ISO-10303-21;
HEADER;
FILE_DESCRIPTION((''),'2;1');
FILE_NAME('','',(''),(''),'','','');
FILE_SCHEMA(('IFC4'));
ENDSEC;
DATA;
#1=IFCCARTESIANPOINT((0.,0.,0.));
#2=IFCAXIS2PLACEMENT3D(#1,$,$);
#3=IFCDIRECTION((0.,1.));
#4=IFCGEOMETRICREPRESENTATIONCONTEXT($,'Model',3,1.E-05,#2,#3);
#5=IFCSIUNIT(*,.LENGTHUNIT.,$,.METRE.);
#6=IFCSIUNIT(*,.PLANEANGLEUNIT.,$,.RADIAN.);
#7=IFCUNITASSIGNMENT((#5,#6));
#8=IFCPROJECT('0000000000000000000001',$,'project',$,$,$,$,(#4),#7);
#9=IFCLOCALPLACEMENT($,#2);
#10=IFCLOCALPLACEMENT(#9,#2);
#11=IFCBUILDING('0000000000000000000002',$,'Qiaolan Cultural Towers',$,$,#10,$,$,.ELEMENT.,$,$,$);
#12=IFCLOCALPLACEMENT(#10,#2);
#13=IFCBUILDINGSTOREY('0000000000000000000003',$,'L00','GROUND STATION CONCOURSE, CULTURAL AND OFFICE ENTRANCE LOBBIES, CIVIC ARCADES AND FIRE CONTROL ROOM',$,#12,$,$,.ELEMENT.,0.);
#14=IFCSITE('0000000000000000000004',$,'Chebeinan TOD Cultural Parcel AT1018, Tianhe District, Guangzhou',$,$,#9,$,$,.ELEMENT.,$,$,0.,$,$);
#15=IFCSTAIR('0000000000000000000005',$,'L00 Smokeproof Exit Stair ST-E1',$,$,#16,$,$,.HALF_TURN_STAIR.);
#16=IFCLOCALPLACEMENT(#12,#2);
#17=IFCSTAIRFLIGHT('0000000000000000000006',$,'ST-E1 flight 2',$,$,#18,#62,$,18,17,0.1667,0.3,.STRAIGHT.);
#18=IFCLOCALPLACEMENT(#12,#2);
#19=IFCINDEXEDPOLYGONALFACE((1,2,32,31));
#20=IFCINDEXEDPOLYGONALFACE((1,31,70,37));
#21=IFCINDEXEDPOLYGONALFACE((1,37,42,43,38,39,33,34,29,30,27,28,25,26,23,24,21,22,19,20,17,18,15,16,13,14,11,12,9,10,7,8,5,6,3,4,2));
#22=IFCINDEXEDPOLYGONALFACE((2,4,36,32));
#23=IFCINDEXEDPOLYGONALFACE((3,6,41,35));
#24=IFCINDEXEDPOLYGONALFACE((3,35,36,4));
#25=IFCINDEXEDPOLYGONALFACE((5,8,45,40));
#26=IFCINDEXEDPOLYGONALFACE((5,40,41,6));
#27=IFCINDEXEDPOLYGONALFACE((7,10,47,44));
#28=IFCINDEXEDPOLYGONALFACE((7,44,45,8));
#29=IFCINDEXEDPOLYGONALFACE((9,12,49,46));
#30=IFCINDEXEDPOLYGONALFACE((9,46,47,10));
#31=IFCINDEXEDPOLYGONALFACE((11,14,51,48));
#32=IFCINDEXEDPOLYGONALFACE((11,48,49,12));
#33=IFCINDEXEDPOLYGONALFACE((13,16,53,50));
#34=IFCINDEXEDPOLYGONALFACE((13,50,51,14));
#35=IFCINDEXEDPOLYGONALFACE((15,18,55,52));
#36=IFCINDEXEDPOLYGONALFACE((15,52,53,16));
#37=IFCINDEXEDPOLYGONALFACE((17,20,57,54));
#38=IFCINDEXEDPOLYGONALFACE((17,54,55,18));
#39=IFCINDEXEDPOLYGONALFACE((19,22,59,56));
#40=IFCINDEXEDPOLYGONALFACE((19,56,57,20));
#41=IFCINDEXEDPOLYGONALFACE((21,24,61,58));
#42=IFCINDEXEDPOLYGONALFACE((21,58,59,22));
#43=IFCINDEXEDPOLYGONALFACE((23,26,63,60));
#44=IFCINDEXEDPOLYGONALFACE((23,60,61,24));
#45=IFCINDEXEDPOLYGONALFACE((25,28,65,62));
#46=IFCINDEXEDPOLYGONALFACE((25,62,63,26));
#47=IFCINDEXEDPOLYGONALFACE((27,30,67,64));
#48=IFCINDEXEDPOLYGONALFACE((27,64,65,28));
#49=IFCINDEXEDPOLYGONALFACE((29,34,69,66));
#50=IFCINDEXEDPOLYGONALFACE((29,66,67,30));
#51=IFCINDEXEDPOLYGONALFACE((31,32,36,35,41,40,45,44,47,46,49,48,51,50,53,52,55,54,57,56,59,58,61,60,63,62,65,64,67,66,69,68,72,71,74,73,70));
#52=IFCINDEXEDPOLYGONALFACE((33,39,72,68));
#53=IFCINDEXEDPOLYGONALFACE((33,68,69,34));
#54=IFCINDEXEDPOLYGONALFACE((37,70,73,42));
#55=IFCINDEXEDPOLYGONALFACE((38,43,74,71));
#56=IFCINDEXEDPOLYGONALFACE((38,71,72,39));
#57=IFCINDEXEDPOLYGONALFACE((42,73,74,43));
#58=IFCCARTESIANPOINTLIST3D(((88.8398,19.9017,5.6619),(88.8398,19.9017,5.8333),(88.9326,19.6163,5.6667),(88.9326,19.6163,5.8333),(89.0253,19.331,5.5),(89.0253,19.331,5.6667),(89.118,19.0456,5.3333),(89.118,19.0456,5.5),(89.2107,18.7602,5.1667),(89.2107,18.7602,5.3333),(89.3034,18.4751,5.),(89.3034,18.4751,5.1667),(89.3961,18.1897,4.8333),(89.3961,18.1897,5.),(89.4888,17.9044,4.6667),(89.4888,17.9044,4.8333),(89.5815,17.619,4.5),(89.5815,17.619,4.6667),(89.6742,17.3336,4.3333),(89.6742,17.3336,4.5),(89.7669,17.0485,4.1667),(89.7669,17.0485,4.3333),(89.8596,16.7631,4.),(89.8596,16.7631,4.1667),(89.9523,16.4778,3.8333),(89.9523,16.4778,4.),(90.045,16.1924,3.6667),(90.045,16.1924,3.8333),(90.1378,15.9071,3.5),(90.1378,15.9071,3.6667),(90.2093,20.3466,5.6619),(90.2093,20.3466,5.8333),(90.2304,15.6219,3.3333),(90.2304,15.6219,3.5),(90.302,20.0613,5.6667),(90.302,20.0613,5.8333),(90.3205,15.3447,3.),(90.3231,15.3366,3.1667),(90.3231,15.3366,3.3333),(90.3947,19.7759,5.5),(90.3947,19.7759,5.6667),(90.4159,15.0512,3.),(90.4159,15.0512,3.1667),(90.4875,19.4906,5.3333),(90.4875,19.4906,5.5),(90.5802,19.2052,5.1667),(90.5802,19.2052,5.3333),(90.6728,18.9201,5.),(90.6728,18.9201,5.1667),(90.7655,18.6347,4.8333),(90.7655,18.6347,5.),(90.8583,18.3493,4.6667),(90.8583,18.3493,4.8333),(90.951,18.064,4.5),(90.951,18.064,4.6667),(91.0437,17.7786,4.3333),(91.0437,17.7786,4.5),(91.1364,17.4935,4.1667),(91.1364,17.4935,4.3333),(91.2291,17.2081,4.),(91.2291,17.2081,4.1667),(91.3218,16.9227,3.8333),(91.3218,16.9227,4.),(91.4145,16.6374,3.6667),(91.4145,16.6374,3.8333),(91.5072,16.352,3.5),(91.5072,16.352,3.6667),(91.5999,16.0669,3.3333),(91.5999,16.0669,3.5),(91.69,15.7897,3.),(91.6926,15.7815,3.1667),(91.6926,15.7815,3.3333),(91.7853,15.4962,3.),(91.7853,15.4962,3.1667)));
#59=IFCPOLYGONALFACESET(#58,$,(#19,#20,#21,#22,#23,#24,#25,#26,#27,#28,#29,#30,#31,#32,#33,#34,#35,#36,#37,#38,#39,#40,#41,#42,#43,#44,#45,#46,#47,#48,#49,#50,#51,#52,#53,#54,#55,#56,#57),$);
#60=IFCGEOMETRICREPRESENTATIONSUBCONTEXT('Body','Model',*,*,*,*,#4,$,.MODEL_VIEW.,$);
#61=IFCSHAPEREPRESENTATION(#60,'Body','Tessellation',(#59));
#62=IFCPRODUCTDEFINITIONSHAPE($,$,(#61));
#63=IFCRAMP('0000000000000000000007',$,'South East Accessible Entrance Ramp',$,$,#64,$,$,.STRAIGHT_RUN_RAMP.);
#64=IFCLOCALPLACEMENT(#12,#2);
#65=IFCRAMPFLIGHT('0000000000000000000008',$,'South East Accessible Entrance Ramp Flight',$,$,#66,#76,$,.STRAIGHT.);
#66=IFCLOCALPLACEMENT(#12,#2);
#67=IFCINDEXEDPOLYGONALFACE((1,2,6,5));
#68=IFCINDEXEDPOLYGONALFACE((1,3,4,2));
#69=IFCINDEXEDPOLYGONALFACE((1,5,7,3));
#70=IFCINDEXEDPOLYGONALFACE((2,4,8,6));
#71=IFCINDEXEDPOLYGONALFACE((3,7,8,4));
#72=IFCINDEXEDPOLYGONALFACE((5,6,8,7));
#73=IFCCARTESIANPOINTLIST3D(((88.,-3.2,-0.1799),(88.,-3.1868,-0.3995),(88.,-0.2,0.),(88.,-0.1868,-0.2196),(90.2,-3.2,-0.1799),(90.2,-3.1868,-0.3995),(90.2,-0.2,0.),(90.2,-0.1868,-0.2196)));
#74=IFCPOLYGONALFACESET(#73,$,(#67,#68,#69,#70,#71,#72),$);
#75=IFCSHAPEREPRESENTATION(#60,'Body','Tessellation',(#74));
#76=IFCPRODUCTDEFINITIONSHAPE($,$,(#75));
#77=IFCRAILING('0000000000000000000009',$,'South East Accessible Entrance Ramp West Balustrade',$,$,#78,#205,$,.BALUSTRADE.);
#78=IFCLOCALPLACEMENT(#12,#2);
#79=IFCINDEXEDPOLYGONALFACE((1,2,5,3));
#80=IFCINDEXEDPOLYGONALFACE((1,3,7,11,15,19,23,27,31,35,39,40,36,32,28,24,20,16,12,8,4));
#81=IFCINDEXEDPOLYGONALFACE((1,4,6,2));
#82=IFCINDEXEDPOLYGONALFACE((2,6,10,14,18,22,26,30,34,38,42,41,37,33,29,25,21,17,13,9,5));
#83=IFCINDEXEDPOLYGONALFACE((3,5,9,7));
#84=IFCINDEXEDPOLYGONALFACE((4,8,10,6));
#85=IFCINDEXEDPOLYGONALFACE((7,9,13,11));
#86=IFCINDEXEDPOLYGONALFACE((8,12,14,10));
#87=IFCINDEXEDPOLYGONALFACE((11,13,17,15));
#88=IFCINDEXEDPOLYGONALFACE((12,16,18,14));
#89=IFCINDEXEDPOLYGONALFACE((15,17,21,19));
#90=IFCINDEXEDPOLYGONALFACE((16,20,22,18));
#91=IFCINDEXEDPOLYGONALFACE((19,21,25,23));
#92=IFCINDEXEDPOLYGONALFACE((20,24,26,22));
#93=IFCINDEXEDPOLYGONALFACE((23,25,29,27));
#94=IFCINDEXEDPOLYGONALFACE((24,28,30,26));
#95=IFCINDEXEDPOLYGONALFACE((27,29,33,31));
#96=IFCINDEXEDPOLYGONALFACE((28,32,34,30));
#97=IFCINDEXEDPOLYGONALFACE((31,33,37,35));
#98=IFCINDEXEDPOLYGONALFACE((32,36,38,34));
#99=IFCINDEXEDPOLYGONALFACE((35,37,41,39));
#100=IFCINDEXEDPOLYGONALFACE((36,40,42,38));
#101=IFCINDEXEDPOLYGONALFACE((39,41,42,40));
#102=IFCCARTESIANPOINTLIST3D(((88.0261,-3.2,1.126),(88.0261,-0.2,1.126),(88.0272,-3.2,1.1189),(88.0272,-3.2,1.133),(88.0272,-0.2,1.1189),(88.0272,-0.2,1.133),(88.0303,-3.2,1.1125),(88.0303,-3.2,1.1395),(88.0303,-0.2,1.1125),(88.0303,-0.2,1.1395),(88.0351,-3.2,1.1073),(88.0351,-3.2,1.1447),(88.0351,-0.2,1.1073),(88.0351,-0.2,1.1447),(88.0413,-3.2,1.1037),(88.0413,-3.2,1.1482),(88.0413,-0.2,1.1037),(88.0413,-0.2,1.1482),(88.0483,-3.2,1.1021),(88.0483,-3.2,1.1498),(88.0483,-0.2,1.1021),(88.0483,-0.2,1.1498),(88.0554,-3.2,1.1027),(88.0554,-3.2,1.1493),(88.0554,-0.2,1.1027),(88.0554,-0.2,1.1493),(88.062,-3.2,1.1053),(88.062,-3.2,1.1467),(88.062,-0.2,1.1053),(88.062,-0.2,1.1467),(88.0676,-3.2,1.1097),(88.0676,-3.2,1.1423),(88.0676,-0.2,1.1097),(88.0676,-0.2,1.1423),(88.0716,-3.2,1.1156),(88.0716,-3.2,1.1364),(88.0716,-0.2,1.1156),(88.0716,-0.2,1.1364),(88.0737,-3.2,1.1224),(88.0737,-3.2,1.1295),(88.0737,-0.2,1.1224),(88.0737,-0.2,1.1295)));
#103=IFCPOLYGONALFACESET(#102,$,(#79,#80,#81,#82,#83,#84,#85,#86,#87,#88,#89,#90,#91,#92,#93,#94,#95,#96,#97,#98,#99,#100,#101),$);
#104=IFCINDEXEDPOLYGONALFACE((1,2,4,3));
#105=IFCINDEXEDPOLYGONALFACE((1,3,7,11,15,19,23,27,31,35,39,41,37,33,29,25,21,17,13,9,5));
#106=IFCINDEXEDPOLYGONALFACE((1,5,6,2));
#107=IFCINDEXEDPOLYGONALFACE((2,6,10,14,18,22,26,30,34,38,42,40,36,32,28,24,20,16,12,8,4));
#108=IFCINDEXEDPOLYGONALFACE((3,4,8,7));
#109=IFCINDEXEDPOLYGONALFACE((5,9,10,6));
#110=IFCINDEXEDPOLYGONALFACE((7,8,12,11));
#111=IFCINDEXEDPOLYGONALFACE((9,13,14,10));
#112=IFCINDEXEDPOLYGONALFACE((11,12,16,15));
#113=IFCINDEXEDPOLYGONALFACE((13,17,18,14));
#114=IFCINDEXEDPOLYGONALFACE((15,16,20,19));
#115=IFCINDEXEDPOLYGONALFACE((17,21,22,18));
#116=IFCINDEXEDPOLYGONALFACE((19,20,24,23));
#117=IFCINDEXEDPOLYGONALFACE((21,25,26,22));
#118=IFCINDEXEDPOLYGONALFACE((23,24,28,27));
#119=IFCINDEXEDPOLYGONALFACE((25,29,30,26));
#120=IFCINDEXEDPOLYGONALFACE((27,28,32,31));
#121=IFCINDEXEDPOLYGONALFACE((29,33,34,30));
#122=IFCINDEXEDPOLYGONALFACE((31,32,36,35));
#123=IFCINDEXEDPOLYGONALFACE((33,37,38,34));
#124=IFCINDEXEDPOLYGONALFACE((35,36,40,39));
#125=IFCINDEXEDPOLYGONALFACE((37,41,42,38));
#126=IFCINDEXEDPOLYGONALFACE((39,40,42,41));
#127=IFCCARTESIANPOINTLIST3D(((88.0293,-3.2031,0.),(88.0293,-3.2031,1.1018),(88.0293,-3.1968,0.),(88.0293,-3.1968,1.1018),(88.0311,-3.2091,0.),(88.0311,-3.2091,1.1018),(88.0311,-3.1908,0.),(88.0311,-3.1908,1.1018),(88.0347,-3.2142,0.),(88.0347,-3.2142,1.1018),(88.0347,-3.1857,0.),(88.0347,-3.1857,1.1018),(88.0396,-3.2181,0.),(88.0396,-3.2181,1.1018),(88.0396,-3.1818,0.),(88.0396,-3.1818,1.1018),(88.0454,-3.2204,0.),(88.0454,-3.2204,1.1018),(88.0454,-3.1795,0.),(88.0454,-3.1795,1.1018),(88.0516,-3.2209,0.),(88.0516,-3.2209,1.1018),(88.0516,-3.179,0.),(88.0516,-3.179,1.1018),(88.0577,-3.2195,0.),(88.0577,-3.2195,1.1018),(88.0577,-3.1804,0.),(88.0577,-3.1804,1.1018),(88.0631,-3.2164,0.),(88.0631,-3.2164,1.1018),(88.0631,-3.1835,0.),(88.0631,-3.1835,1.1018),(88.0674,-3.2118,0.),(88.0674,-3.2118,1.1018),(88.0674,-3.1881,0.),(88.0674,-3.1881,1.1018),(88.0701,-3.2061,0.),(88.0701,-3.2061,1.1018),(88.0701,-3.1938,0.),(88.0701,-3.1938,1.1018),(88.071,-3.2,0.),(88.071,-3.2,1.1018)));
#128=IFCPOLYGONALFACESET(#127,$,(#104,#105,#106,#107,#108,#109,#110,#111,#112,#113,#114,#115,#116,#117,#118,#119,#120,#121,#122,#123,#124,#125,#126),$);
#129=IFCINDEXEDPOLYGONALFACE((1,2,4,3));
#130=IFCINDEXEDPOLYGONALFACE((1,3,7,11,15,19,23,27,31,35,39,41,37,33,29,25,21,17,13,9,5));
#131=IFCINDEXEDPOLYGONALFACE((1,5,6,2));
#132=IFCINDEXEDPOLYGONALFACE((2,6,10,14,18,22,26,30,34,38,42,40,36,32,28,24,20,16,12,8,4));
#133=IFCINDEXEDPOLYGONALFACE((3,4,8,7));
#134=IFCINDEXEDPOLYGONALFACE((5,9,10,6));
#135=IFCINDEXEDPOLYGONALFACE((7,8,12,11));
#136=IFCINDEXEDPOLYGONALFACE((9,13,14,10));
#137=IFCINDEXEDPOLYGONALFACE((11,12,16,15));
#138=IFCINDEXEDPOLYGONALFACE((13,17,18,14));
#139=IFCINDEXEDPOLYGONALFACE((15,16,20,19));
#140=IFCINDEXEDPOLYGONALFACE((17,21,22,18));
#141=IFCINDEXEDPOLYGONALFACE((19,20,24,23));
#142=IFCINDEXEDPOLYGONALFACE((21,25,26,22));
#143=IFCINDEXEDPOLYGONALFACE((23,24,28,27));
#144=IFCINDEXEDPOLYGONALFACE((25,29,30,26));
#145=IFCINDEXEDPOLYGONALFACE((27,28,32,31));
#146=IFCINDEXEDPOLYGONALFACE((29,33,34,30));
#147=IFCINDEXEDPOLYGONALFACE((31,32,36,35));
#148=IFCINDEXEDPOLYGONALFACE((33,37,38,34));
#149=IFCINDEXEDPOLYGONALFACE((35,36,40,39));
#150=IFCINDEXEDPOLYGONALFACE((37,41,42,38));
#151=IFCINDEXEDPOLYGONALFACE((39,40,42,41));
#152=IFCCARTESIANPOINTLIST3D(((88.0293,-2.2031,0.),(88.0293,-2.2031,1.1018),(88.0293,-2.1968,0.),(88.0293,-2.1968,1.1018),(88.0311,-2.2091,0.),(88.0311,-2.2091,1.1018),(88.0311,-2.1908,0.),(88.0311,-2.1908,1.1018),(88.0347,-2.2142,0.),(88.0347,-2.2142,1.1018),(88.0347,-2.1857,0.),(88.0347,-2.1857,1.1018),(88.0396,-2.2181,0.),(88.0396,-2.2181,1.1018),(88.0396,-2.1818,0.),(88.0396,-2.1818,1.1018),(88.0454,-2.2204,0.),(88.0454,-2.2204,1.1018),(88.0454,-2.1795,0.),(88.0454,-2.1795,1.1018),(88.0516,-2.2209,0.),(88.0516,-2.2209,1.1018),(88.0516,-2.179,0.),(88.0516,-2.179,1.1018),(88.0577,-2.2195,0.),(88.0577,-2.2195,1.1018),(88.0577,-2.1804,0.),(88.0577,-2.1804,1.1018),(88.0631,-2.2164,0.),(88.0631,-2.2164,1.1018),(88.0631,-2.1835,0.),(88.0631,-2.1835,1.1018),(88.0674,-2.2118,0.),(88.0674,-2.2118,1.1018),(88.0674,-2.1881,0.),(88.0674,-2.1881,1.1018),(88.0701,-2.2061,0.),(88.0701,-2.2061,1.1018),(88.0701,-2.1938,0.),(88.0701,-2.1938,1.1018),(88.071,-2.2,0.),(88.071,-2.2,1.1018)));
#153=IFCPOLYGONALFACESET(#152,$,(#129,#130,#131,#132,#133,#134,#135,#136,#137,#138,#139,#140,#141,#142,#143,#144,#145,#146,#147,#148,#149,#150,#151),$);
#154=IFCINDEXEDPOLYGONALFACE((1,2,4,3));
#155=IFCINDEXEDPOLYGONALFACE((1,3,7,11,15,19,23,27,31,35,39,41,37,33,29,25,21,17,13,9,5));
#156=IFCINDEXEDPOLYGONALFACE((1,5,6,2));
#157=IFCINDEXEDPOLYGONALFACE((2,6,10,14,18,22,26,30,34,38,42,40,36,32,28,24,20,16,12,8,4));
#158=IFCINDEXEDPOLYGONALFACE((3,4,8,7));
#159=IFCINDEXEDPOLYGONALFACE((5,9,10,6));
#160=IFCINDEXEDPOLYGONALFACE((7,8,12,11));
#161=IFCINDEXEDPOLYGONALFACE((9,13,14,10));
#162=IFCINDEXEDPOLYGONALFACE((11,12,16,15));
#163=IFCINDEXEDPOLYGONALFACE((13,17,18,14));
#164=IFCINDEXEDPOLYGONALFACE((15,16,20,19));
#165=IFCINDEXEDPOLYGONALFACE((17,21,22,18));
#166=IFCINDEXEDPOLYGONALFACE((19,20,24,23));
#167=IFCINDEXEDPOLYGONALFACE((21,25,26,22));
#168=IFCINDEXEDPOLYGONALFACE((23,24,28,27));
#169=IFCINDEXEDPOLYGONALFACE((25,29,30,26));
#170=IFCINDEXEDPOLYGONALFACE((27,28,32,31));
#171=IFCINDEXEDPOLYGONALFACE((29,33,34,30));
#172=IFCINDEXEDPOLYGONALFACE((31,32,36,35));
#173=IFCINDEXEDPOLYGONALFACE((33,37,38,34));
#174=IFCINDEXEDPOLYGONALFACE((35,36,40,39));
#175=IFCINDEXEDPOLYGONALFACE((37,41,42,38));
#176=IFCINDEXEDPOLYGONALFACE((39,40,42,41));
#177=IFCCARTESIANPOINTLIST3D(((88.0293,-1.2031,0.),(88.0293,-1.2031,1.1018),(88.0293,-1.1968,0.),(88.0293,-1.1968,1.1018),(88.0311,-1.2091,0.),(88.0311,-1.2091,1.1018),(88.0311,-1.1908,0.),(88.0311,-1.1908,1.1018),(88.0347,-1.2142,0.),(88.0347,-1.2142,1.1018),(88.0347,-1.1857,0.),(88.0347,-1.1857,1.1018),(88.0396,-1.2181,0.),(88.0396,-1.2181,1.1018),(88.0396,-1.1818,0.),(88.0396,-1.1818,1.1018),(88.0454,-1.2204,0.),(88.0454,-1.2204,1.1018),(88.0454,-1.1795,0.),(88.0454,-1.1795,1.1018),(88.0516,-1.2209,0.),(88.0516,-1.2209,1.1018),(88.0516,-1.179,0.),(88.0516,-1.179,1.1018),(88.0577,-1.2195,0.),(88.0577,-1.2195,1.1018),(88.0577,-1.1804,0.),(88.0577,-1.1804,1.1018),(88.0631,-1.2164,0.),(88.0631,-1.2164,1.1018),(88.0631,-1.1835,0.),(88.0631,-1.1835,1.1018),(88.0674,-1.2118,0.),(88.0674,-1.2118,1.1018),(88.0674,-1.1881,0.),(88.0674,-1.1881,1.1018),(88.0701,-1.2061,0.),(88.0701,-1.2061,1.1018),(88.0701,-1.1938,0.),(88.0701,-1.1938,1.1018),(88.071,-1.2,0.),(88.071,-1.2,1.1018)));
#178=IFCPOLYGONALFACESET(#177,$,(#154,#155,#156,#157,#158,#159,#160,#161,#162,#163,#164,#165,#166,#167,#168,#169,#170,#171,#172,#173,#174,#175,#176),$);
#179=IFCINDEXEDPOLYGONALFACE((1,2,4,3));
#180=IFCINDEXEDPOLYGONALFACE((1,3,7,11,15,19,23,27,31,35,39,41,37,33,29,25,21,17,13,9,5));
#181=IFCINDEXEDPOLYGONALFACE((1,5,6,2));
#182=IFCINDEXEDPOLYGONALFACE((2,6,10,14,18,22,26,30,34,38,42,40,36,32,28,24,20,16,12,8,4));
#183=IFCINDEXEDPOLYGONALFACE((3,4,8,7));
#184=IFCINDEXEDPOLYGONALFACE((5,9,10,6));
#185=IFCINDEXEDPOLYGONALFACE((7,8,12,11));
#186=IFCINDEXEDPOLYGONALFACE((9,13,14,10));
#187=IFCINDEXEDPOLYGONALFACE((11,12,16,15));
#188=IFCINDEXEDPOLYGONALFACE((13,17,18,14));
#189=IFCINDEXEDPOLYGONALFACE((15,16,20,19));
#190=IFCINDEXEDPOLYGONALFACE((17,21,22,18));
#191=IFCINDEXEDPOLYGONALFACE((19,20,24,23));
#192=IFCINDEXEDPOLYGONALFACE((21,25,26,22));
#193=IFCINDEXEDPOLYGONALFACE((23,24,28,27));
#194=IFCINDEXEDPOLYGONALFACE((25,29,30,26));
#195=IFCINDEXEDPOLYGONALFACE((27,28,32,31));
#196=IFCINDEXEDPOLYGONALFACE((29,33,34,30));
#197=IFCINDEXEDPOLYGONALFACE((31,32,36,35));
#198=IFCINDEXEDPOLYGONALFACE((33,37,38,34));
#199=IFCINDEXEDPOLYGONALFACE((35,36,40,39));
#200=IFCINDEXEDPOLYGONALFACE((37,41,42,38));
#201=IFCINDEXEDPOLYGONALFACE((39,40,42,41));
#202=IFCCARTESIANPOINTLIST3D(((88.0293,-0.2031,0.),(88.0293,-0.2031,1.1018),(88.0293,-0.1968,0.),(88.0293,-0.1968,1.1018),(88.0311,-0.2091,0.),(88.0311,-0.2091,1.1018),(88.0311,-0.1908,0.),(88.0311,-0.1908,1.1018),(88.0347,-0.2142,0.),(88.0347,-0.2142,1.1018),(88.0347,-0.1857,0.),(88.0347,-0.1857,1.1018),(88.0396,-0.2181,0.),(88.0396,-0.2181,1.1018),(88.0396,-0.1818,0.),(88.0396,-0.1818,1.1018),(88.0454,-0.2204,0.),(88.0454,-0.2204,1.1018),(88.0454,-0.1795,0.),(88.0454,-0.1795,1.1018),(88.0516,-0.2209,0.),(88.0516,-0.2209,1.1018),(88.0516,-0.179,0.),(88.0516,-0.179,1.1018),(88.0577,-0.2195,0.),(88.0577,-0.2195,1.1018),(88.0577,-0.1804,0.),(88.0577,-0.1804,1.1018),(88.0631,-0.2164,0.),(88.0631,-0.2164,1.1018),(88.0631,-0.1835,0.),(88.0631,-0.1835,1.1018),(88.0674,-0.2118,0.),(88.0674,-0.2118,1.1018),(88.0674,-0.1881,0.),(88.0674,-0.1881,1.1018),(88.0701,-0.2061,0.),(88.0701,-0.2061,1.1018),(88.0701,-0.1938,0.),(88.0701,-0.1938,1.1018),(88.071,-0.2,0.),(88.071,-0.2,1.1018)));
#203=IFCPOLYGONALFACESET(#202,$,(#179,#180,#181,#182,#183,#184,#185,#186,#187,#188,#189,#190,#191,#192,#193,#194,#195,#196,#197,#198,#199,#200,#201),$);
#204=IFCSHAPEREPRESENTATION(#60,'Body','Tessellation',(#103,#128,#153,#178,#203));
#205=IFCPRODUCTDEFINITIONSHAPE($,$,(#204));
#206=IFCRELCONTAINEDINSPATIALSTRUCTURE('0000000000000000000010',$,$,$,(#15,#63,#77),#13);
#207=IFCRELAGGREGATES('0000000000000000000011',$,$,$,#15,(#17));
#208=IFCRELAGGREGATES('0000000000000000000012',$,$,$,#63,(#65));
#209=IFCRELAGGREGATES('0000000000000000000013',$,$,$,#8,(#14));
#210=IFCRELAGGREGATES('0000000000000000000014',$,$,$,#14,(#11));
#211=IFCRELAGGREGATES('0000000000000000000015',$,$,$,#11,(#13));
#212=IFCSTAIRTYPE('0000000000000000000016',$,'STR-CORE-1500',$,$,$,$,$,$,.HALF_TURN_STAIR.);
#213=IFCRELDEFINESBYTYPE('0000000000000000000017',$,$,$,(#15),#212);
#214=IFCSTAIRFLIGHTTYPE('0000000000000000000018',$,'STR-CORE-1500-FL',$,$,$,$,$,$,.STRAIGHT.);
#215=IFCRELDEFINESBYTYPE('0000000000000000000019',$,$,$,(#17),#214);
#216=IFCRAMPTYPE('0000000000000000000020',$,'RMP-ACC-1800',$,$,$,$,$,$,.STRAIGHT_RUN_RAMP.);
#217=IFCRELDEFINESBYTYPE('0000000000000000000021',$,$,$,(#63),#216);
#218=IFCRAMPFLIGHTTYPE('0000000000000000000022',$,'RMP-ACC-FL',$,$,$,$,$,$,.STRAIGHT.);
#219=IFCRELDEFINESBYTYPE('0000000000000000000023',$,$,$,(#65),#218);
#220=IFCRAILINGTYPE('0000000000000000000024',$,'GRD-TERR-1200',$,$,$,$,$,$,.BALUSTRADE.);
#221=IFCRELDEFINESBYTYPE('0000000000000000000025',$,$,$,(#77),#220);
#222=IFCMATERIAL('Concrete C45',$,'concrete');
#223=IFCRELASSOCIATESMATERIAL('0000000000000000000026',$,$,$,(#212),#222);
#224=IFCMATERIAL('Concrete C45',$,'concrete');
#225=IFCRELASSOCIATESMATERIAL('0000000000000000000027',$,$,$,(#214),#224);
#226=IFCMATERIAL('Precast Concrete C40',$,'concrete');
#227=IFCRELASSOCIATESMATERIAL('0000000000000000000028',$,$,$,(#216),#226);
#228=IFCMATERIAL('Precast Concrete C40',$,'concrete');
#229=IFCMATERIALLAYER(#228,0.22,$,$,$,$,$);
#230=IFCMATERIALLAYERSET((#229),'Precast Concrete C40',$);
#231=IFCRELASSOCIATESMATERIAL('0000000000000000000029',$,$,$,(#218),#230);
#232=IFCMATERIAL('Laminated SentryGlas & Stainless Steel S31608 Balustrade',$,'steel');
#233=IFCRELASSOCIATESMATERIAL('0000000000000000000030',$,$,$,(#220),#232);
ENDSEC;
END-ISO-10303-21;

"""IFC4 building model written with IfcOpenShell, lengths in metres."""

from ifc_helpers import new_model, si_unit, direction, frame, origin, origin_2d, place, context, subcontext, project, spatial, polyline, circle, outline, extrude, material, layer, layer_set, type_object, element, aggregate, save


model = new_model("IFC4")

# Units and contexts
model_context = context("Model", 3, precision=1e-05, world=origin(), true_north=direction((0.0, 1.0)))
body_context = subcontext(model_context, "Body", "Model", "MODEL_VIEW")
ifc_project = project(units=[si_unit("LENGTHUNIT", "METRE"), si_unit("PLANEANGLEUNIT", "RADIAN")], contexts=[model_context])

# Site, building, storey
site_placement = place(None, origin())
site = spatial("IfcSite", under=ifc_project, at=site_placement, Name="Chebeinan TOD Cultural Parcel AT1018, Tianhe District, Guangzhou", CompositionType="ELEMENT", RefElevation=0.0)
building_placement = place(site_placement, origin())
building = spatial("IfcBuilding", under=site, at=building_placement, Name="Qiaolan Cultural Towers", CompositionType="ELEMENT")
storey_placement = place(building_placement, origin())
storey = spatial("IfcBuildingStorey", under=building, at=storey_placement, Name="L00", Description="GROUND STATION CONCOURSE, CULTURAL AND OFFICE ENTRANCE LOBBIES, CIVIC ARCADES AND FIRE CONTROL ROOM", CompositionType="ELEMENT", Elevation=0.0)

# Stair, stair flight
ifc_material_1 = material(Name="Concrete C45", Category="concrete")
stair_type = type_object("IfcStairType", Name="STR-CORE-1500", PredefinedType="HALF_TURN_STAIR", material=ifc_material_1)
stair_placement = place(storey_placement, origin())
stair = element("IfcStair", 1, at=stair_placement, inside=storey, type_object=stair_type, Name="L00 Smokeproof Exit Stair ST-E1", PredefinedType="HALF_TURN_STAIR")
ifc_material_2 = material(Name="Concrete C45", Category="concrete")
stair_flight_type = type_object("IfcStairFlightType", Name="STR-CORE-1500-FL", PredefinedType="STRAIGHT", material=ifc_material_2)
stair_flight_placement = place(storey_placement, frame((91.1006, 15.2737, 3.0), z_axis=(0.0, 0.0, 1.0), x_axis=(-0.309017, 0.951057, 0.0)))
stair_flight = element("IfcStairFlight", 2, at=stair_flight_placement, type_object=stair_flight_type, Name="ST-E1 flight 2", NumberOfRisers=18, NumberOfTreads=17, PredefinedType="STRAIGHT", RiserHeight=0.1667, TreadLength=0.3, context=body_context, shape_type="SweptSolid", body=[
    extrude(outline(polyline([(0.0, 0.0), (0.0, 0.1667), (0.3, 0.1667), (0.3, 0.3333), (0.6001, 0.3333), (0.6001, 0.5), (0.8999, 0.5), (0.8999, 0.6667), (1.2, 0.6667), (1.2, 0.8333), (1.5, 0.8333), (1.5, 1.0), (1.8, 1.0), (1.8, 1.1667), (2.1001, 1.1667), (2.1001, 1.3333), (2.3999, 1.3333), (2.3999, 1.5), (2.7, 1.5), (2.7, 1.6667), (3.0, 1.6667), (3.0, 1.8333), (3.3, 1.8333), (3.3, 2.0), (3.6001, 2.0), (3.6001, 2.1667), (3.8999, 2.1667), (3.8999, 2.3333), (4.2, 2.3333), (4.2, 2.5), (4.5, 2.5), (4.5, 2.6667), (4.8, 2.6667), (4.8, 2.8333), (5.1001, 2.8333), (5.1001, 3.0), (5.1001, 2.6619), (0.3086, 0.0), (0.0, 0.0)])), frame((0.0, 0.72, 0.0), z_axis=(0.0, -1.0, 0.0), x_axis=(1.0, 0.0, 0.0)), (0.0, 0.0, 1.0), 1.4399),
])
aggregate(stair, [stair_flight])

# Ramp, ramp flight
ifc_material_3 = material(Name="Precast Concrete C40", Category="concrete")
ramp_type = type_object("IfcRampType", Name="RMP-ACC-1800", PredefinedType="STRAIGHT_RUN_RAMP", material=ifc_material_3)
ramp_placement = place(storey_placement, origin())
ramp = element("IfcRamp", 3, at=ramp_placement, inside=storey, type_object=ramp_type, Name="South East Accessible Entrance Ramp", PredefinedType="STRAIGHT_RUN_RAMP")
ifc_material_4 = material(Name="Precast Concrete C40", Category="concrete")
ifc_layer_1 = layer(ifc_material_4, 0.22)
ifc_layer_set_1 = layer_set([ifc_layer_1], Name="Precast Concrete C40")
ramp_flight_type = type_object("IfcRampFlightType", Name="RMP-ACC-FL", PredefinedType="STRAIGHT", material=ifc_layer_set_1)
ramp_flight_placement = place(storey_placement, frame((88.0, -3.2, -0.1799), z_axis=(0.0, -0.05987, 0.998206), x_axis=(1.0, 0.0, 0.0)))
ramp_flight = element("IfcRampFlight", 4, at=ramp_flight_placement, type_object=ramp_flight_type, Name="South East Accessible Entrance Ramp Flight", PredefinedType="STRAIGHT", context=body_context, shape_type="SweptSolid", body=[
    extrude(outline(polyline([(0.0, 0.0), (2.2, 0.0), (2.2, 3.0054), (0.0, 3.0054), (0.0, 0.0)])), origin(), (0.0, 0.0, -1.0), 0.22),
])
aggregate(ramp, [ramp_flight])

# Railing
ifc_material_5 = material(Name="Laminated SentryGlas & Stainless Steel S31608 Balustrade", Category="steel")
railing_type_1 = type_object("IfcRailingType", Name="GRD-TERR-1200", PredefinedType="BALUSTRADE", material=ifc_material_5)
for number, where, name in (
    (5, (88.05, -3.2, 0.0), "South East Accessible Entrance Ramp West Balustrade"),
):
    element("IfcRailing", number, at=place(storey_placement, frame(where)), inside=storey, type_object=railing_type_1, Name=name, PredefinedType="BALUSTRADE", context=body_context, shape_type="SweptSolid", body=[
        extrude(circle(Radius=0.0239, at=origin_2d()), frame((0.0, 0.0, 1.126), z_axis=(0.0, 1.0, 0.0), x_axis=(-1.0, 0.0, 0.0)), (0.0, 0.0, 1.0), 3.0),
        extrude(circle(Radius=0.021, at=origin_2d()), origin(), (0.0, 0.0, 1.0), 1.1018),
        extrude(circle(Radius=0.021, at=origin_2d()), frame((0.0, 1.0, 0.0)), (0.0, 0.0, 1.0), 1.1018),
        extrude(circle(Radius=0.021, at=origin_2d()), frame((0.0, 2.0, 0.0)), (0.0, 0.0, 1.0), 1.1018),
        extrude(circle(Radius=0.021, at=origin_2d()), frame((0.0, 3.0, 0.0)), (0.0, 0.0, 1.0), 1.1018),
    ])

save(model, "model.ifc")
